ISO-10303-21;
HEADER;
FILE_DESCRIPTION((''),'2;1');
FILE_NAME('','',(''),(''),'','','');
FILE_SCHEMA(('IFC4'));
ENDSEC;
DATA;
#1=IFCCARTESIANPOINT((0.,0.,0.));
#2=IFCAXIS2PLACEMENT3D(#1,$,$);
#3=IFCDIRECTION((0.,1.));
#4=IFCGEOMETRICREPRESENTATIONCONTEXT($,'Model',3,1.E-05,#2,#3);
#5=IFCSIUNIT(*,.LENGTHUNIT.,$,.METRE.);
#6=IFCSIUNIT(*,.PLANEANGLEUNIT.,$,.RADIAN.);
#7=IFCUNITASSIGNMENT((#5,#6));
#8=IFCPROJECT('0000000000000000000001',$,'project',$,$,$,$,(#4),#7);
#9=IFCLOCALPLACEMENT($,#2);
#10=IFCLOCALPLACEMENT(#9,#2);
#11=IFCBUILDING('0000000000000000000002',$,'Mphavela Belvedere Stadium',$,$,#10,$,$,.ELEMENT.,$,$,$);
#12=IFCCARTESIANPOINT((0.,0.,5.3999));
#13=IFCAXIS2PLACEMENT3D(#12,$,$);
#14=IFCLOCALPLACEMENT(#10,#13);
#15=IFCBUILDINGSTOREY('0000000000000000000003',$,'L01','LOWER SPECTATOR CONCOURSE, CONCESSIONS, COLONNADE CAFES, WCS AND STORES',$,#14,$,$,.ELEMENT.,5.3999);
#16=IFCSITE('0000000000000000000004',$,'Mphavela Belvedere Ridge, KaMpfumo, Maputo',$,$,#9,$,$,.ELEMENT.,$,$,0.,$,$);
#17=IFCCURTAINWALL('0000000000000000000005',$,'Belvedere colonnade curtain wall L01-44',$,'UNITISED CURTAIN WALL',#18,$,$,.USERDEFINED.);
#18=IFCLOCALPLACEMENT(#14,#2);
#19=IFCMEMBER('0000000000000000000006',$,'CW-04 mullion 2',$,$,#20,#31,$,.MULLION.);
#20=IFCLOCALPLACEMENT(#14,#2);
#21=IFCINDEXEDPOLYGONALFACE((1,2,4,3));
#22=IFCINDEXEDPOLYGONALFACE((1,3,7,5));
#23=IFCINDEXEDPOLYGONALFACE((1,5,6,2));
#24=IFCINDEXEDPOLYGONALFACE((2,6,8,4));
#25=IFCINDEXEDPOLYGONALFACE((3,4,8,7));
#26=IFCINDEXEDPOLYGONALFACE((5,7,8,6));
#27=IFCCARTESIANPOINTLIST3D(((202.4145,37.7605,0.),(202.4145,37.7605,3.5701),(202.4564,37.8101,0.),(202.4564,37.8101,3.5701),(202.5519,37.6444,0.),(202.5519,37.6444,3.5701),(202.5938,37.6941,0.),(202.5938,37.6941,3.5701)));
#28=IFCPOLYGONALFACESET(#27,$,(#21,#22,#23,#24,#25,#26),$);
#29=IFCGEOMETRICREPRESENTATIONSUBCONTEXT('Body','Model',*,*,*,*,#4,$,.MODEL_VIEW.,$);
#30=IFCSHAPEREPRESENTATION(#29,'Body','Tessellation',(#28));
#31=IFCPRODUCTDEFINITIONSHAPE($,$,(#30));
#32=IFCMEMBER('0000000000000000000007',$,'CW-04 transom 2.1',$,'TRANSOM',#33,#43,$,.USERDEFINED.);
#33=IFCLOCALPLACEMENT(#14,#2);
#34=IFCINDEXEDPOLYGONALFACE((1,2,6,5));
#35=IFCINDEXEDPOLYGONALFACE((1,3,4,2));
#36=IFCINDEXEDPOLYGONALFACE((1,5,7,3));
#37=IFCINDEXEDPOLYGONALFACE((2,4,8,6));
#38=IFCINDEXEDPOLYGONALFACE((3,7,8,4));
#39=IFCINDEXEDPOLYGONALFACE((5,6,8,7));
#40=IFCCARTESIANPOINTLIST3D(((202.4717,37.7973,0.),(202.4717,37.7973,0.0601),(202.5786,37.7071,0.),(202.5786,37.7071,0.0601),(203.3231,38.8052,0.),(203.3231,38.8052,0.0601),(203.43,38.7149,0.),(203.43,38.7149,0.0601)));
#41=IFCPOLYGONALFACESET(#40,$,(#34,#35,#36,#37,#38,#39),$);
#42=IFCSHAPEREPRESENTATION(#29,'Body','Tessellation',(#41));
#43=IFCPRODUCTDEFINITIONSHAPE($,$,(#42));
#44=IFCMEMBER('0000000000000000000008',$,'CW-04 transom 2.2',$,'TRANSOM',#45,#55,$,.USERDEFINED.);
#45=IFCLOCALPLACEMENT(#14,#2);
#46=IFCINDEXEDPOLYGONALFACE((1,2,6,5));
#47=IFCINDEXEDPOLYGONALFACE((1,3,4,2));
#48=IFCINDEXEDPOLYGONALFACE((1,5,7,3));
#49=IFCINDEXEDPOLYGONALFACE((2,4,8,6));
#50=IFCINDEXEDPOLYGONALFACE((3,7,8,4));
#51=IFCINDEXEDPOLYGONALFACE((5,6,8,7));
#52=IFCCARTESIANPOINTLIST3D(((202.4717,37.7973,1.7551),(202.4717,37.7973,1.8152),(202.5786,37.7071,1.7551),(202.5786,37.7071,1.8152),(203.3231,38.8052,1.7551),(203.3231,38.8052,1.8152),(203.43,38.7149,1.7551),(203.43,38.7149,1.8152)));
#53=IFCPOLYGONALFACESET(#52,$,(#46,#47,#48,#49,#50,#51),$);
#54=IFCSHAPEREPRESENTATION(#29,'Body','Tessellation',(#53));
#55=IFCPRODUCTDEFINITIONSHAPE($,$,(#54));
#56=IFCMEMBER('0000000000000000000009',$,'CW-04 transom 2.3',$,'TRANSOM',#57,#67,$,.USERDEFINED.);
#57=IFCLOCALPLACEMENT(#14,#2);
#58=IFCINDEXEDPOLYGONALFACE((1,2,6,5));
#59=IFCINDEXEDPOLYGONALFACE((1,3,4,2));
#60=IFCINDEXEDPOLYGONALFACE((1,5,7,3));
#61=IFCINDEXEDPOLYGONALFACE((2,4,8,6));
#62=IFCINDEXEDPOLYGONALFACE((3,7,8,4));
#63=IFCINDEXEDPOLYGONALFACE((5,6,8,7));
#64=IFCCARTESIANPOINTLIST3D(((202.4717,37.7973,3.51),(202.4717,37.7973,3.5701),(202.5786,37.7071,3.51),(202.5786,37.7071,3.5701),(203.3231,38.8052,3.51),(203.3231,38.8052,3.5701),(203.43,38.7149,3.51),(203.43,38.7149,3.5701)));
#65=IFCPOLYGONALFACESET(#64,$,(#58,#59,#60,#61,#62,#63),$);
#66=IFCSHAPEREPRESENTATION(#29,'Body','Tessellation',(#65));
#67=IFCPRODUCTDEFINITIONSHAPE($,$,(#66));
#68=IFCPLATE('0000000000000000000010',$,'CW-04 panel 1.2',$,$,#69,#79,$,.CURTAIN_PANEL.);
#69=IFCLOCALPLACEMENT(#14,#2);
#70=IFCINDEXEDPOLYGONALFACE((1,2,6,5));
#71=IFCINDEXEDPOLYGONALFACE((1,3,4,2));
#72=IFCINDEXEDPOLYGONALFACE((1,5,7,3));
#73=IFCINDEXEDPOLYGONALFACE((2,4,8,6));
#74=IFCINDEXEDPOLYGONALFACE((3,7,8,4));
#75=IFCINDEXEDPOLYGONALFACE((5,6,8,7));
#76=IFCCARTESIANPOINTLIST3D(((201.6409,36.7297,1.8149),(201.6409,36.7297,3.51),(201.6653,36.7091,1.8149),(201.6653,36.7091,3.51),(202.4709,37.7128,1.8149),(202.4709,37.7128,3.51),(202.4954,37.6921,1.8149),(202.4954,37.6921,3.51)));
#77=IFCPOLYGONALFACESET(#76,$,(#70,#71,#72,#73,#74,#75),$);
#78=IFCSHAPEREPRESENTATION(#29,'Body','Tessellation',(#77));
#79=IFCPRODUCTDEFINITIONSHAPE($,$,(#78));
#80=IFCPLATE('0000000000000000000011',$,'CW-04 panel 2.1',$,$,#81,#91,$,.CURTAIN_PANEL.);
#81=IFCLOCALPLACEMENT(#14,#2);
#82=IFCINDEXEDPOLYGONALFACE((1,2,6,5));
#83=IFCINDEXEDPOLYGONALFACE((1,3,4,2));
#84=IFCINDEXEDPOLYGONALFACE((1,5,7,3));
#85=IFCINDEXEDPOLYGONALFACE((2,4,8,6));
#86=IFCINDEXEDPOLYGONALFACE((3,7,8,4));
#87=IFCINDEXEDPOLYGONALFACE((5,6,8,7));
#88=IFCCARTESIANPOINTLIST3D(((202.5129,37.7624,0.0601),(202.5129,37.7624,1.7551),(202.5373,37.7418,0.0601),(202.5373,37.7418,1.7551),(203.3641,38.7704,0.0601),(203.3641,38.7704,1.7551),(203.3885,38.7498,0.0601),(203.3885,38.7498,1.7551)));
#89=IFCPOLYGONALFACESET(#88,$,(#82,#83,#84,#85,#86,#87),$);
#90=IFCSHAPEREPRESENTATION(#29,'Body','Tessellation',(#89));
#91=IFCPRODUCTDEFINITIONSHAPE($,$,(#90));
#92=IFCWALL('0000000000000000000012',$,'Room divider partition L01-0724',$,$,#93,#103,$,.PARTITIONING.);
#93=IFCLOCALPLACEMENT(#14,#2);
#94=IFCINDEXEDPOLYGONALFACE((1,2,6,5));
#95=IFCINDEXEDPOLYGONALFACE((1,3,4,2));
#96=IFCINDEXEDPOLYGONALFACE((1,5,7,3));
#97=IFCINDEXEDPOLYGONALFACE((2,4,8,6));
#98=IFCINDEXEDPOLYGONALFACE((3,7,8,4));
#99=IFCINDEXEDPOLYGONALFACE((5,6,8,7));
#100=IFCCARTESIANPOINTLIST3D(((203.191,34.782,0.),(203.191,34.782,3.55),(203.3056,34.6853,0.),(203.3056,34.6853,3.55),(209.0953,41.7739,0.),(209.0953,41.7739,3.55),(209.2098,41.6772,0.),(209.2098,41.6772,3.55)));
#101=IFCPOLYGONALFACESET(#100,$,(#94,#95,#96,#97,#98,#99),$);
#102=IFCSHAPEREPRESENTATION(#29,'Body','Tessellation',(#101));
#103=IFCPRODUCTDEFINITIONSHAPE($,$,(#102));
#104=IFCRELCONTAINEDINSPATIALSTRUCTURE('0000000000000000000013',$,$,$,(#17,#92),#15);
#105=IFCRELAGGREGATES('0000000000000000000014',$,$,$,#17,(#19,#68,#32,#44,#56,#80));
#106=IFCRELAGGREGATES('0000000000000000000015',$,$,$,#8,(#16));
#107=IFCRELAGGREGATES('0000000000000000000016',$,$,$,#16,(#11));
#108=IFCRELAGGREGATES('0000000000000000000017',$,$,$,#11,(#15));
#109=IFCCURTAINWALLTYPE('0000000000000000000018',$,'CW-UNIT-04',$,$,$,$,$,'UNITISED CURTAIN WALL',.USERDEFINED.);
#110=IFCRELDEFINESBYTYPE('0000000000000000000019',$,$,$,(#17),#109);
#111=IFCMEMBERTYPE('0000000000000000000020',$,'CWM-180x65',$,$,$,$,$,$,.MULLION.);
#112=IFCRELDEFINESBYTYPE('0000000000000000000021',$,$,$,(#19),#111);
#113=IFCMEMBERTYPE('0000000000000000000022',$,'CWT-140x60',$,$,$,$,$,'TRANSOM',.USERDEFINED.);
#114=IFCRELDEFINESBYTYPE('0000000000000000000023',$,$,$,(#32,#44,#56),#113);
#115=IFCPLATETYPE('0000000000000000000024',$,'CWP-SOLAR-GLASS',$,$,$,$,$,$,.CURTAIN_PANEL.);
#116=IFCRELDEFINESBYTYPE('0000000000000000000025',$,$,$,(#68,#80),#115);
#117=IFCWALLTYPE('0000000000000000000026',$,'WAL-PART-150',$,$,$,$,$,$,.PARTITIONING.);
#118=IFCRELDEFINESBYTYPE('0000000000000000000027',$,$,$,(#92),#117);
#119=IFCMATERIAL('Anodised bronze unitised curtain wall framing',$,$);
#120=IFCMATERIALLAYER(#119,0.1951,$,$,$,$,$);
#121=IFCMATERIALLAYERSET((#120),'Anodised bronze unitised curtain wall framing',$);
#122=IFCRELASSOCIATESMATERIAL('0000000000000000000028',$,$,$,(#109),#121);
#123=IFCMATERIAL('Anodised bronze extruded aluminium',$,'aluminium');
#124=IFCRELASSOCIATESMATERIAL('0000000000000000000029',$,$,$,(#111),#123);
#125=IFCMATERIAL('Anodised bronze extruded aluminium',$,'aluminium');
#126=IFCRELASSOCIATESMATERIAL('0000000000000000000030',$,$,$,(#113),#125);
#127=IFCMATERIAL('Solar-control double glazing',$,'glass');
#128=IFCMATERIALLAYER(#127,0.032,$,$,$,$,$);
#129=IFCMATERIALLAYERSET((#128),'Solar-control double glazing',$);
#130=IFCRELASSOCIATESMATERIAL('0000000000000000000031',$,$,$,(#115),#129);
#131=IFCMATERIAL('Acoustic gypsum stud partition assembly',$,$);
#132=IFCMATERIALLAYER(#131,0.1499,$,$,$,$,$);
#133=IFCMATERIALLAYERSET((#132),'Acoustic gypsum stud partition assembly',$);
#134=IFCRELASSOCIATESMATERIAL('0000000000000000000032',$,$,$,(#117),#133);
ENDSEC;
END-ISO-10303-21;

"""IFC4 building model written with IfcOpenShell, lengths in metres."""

from ifc_helpers import new_model, si_unit, direction, frame, frame_2d, origin, origin_2d, place, context, subcontext, project, spatial, rectangle, extrude, material, layer, layer_set, material_profile, profile_set, type_object, element, aggregate, save


model = new_model("IFC4")

# Units and contexts
model_context = context("Model", 3, precision=1e-05, world=origin(), true_north=direction((0.0, 1.0)))
body_context = subcontext(model_context, "Body", "Model", "MODEL_VIEW")
ifc_project = project(units=[si_unit("LENGTHUNIT", "METRE"), si_unit("PLANEANGLEUNIT", "RADIAN")], contexts=[model_context])

# Site, building, storey
site_placement = place(None, origin())
site = spatial("IfcSite", under=ifc_project, at=site_placement, Name="Mphavela Belvedere Ridge, KaMpfumo, Maputo", CompositionType="ELEMENT", RefElevation=0.0)
building_placement = place(site_placement, origin())
building = spatial("IfcBuilding", under=site, at=building_placement, Name="Mphavela Belvedere Stadium", CompositionType="ELEMENT")
storey_placement = place(building_placement, frame((0.0, 0.0, 5.3999)))
storey = spatial("IfcBuildingStorey", under=building, at=storey_placement, Name="L01", Description="LOWER SPECTATOR CONCOURSE, CONCESSIONS, COLONNADE CAFES, WCS AND STORES", CompositionType="ELEMENT", Elevation=5.3999)

# Curtain wall, members, plates
ifc_material_1 = material(Name="Anodised bronze unitised curtain wall framing")
ifc_layer_1 = layer(ifc_material_1, 0.1951)
ifc_layer_set_1 = layer_set([ifc_layer_1], Name="Anodised bronze unitised curtain wall framing")
curtain_wall_type = type_object("IfcCurtainWallType", Name="CW-UNIT-04", ElementType="UNITISED CURTAIN WALL", PredefinedType="USERDEFINED", material=ifc_layer_set_1)
curtain_wall_placement = place(storey_placement, origin())
curtain_wall = element("IfcCurtainWall", 1, at=curtain_wall_placement, inside=storey, type_object=curtain_wall_type, Name="Belvedere colonnade curtain wall L01-44", ObjectType="UNITISED CURTAIN WALL", PredefinedType="USERDEFINED")
ifc_material_2 = material(Name="Anodised bronze extruded aluminium", Category="aluminium")
ifc_material_profile_1 = material_profile(ifc_material_2, rectangle(XDim=0.1799, YDim=0.0649, at=origin_2d()), Name="CW-MUL 180x65")
ifc_profile_set_1 = profile_set([ifc_material_profile_1], Name="Anodised bronze extruded aluminium")
member_type_1 = type_object("IfcMemberType", Name="CWM-180x65", PredefinedType="MULLION", material=ifc_profile_set_1)
member_1_placement = place(storey_placement, frame((202.5042, 37.7273, 0.0), z_axis=(0.0, 0.0, 1.0), x_axis=(-0.764036, 0.645173, 0.0)))
member_1 = element("IfcMember", 2, at=member_1_placement, type_object=member_type_1, Name="CW-04 mullion 2", PredefinedType="MULLION", context=body_context, shape_type="SweptSolid", body=[
    extrude(rectangle(XDim=0.1799, YDim=0.0649, at=origin_2d()), origin(), (0.0, 0.0, 1.0), 3.5701),
])
ifc_material_3 = material(Name="Anodised bronze extruded aluminium", Category="aluminium")
ifc_material_profile_2 = material_profile(ifc_material_3, rectangle(XDim=0.1399, YDim=0.0601, at=origin_2d()), Name="CW-TRN 140x60")
ifc_profile_set_2 = profile_set([ifc_material_profile_2], Name="Anodised bronze extruded aluminium")
member_type_2 = type_object("IfcMemberType", Name="CWT-140x60", ElementType="TRANSOM", PredefinedType="USERDEFINED", material=ifc_profile_set_2)
member_2_placement = place(storey_placement, frame((202.5251, 37.7522, 0.03), z_axis=(0.645303, 0.763927, 0.0), x_axis=(-0.763927, 0.645303, 0.0)))
member_2 = element("IfcMember", 3, at=member_2_placement, type_object=member_type_2, Name="CW-04 transom 2.1", ObjectType="TRANSOM", PredefinedType="USERDEFINED", context=body_context, shape_type="SweptSolid", body=[
    extrude(rectangle(XDim=0.1399, YDim=0.0601, at=origin_2d()), origin(), (0.0, 0.0, 1.0), 1.3193),
])
member_3_placement = place(storey_placement, frame((202.5251, 37.7522, 1.7852), z_axis=(0.645303, 0.763927, 0.0), x_axis=(-0.763927, 0.645303, 0.0)))
member_3 = element("IfcMember", 4, at=member_3_placement, type_object=member_type_2, Name="CW-04 transom 2.2", ObjectType="TRANSOM", PredefinedType="USERDEFINED", context=body_context, shape_type="SweptSolid", body=[
    extrude(rectangle(XDim=0.1399, YDim=0.0601, at=origin_2d()), origin(), (0.0, 0.0, 1.0), 1.3193),
])
member_4_placement = place(storey_placement, frame((202.5251, 37.7522, 3.54), z_axis=(0.645303, 0.763927, 0.0), x_axis=(-0.763927, 0.645303, 0.0)))
member_4 = element("IfcMember", 5, at=member_4_placement, type_object=member_type_2, Name="CW-04 transom 2.3", ObjectType="TRANSOM", PredefinedType="USERDEFINED", context=body_context, shape_type="SweptSolid", body=[
    extrude(rectangle(XDim=0.1399, YDim=0.0601, at=origin_2d()), origin(), (0.0, 0.0, 1.0), 1.3193),
])
ifc_material_4 = material(Name="Solar-control double glazing", Category="glass")
ifc_layer_2 = layer(ifc_material_4, 0.032)
ifc_layer_set_2 = layer_set([ifc_layer_2], Name="Solar-control double glazing")
plate_type = type_object("IfcPlateType", Name="CWP-SOLAR-GLASS", PredefinedType="CURTAIN_PANEL", material=ifc_layer_set_2)
plate_1_placement = place(storey_placement, frame((202.0681, 37.2109, 1.8149), z_axis=(0.0, 0.0, 1.0), x_axis=(0.645173, 0.764036, 0.0)))
plate_1 = element("IfcPlate", 6, at=plate_1_placement, type_object=plate_type, Name="CW-04 panel 1.2", PredefinedType="CURTAIN_PANEL", context=body_context, shape_type="SweptSolid", body=[
    extrude(rectangle(XDim=1.2866, YDim=0.032, at=origin_2d()), origin(), (0.0, 0.0, 1.0), 1.6951),
])
plate_2_placement = place(storey_placement, frame((202.9507, 38.2561, 0.0601), z_axis=(0.0, 0.0, 1.0), x_axis=(0.645173, 0.764036, 0.0)))
plate_2 = element("IfcPlate", 7, at=plate_2_placement, type_object=plate_type, Name="CW-04 panel 2.1", PredefinedType="CURTAIN_PANEL", context=body_context, shape_type="SweptSolid", body=[
    extrude(rectangle(XDim=1.3193, YDim=0.032, at=origin_2d()), origin(), (0.0, 0.0, 1.0), 1.6951),
])
aggregate(curtain_wall, [member_1, plate_1, member_2, member_3, member_4, plate_2])

# Wall
ifc_material_5 = material(Name="Acoustic gypsum stud partition assembly")
ifc_layer_3 = layer(ifc_material_5, 0.1499)
ifc_layer_set_3 = layer_set([ifc_layer_3], Name="Acoustic gypsum stud partition assembly")
wall_type = type_object("IfcWallType", Name="WAL-PART-150", PredefinedType="PARTITIONING", material=ifc_layer_set_3)
wall_placement = place(storey_placement, frame((203.2483, 34.7336, 0.0), z_axis=(0.0, 0.0, 1.0), x_axis=(0.64518, 0.764031, 0.0)))
element("IfcWall", 8, at=wall_placement, inside=storey, type_object=wall_type, Name="Room divider partition L01-0724", PredefinedType="PARTITIONING", context=body_context, shape_type="SweptSolid", body=[
    extrude(rectangle(XDim=9.1514, YDim=0.1499, at=frame_2d((4.5757, 0.0))), origin(), (0.0, 0.0, 1.0), 3.55),
])

save(model, "model.ifc")
